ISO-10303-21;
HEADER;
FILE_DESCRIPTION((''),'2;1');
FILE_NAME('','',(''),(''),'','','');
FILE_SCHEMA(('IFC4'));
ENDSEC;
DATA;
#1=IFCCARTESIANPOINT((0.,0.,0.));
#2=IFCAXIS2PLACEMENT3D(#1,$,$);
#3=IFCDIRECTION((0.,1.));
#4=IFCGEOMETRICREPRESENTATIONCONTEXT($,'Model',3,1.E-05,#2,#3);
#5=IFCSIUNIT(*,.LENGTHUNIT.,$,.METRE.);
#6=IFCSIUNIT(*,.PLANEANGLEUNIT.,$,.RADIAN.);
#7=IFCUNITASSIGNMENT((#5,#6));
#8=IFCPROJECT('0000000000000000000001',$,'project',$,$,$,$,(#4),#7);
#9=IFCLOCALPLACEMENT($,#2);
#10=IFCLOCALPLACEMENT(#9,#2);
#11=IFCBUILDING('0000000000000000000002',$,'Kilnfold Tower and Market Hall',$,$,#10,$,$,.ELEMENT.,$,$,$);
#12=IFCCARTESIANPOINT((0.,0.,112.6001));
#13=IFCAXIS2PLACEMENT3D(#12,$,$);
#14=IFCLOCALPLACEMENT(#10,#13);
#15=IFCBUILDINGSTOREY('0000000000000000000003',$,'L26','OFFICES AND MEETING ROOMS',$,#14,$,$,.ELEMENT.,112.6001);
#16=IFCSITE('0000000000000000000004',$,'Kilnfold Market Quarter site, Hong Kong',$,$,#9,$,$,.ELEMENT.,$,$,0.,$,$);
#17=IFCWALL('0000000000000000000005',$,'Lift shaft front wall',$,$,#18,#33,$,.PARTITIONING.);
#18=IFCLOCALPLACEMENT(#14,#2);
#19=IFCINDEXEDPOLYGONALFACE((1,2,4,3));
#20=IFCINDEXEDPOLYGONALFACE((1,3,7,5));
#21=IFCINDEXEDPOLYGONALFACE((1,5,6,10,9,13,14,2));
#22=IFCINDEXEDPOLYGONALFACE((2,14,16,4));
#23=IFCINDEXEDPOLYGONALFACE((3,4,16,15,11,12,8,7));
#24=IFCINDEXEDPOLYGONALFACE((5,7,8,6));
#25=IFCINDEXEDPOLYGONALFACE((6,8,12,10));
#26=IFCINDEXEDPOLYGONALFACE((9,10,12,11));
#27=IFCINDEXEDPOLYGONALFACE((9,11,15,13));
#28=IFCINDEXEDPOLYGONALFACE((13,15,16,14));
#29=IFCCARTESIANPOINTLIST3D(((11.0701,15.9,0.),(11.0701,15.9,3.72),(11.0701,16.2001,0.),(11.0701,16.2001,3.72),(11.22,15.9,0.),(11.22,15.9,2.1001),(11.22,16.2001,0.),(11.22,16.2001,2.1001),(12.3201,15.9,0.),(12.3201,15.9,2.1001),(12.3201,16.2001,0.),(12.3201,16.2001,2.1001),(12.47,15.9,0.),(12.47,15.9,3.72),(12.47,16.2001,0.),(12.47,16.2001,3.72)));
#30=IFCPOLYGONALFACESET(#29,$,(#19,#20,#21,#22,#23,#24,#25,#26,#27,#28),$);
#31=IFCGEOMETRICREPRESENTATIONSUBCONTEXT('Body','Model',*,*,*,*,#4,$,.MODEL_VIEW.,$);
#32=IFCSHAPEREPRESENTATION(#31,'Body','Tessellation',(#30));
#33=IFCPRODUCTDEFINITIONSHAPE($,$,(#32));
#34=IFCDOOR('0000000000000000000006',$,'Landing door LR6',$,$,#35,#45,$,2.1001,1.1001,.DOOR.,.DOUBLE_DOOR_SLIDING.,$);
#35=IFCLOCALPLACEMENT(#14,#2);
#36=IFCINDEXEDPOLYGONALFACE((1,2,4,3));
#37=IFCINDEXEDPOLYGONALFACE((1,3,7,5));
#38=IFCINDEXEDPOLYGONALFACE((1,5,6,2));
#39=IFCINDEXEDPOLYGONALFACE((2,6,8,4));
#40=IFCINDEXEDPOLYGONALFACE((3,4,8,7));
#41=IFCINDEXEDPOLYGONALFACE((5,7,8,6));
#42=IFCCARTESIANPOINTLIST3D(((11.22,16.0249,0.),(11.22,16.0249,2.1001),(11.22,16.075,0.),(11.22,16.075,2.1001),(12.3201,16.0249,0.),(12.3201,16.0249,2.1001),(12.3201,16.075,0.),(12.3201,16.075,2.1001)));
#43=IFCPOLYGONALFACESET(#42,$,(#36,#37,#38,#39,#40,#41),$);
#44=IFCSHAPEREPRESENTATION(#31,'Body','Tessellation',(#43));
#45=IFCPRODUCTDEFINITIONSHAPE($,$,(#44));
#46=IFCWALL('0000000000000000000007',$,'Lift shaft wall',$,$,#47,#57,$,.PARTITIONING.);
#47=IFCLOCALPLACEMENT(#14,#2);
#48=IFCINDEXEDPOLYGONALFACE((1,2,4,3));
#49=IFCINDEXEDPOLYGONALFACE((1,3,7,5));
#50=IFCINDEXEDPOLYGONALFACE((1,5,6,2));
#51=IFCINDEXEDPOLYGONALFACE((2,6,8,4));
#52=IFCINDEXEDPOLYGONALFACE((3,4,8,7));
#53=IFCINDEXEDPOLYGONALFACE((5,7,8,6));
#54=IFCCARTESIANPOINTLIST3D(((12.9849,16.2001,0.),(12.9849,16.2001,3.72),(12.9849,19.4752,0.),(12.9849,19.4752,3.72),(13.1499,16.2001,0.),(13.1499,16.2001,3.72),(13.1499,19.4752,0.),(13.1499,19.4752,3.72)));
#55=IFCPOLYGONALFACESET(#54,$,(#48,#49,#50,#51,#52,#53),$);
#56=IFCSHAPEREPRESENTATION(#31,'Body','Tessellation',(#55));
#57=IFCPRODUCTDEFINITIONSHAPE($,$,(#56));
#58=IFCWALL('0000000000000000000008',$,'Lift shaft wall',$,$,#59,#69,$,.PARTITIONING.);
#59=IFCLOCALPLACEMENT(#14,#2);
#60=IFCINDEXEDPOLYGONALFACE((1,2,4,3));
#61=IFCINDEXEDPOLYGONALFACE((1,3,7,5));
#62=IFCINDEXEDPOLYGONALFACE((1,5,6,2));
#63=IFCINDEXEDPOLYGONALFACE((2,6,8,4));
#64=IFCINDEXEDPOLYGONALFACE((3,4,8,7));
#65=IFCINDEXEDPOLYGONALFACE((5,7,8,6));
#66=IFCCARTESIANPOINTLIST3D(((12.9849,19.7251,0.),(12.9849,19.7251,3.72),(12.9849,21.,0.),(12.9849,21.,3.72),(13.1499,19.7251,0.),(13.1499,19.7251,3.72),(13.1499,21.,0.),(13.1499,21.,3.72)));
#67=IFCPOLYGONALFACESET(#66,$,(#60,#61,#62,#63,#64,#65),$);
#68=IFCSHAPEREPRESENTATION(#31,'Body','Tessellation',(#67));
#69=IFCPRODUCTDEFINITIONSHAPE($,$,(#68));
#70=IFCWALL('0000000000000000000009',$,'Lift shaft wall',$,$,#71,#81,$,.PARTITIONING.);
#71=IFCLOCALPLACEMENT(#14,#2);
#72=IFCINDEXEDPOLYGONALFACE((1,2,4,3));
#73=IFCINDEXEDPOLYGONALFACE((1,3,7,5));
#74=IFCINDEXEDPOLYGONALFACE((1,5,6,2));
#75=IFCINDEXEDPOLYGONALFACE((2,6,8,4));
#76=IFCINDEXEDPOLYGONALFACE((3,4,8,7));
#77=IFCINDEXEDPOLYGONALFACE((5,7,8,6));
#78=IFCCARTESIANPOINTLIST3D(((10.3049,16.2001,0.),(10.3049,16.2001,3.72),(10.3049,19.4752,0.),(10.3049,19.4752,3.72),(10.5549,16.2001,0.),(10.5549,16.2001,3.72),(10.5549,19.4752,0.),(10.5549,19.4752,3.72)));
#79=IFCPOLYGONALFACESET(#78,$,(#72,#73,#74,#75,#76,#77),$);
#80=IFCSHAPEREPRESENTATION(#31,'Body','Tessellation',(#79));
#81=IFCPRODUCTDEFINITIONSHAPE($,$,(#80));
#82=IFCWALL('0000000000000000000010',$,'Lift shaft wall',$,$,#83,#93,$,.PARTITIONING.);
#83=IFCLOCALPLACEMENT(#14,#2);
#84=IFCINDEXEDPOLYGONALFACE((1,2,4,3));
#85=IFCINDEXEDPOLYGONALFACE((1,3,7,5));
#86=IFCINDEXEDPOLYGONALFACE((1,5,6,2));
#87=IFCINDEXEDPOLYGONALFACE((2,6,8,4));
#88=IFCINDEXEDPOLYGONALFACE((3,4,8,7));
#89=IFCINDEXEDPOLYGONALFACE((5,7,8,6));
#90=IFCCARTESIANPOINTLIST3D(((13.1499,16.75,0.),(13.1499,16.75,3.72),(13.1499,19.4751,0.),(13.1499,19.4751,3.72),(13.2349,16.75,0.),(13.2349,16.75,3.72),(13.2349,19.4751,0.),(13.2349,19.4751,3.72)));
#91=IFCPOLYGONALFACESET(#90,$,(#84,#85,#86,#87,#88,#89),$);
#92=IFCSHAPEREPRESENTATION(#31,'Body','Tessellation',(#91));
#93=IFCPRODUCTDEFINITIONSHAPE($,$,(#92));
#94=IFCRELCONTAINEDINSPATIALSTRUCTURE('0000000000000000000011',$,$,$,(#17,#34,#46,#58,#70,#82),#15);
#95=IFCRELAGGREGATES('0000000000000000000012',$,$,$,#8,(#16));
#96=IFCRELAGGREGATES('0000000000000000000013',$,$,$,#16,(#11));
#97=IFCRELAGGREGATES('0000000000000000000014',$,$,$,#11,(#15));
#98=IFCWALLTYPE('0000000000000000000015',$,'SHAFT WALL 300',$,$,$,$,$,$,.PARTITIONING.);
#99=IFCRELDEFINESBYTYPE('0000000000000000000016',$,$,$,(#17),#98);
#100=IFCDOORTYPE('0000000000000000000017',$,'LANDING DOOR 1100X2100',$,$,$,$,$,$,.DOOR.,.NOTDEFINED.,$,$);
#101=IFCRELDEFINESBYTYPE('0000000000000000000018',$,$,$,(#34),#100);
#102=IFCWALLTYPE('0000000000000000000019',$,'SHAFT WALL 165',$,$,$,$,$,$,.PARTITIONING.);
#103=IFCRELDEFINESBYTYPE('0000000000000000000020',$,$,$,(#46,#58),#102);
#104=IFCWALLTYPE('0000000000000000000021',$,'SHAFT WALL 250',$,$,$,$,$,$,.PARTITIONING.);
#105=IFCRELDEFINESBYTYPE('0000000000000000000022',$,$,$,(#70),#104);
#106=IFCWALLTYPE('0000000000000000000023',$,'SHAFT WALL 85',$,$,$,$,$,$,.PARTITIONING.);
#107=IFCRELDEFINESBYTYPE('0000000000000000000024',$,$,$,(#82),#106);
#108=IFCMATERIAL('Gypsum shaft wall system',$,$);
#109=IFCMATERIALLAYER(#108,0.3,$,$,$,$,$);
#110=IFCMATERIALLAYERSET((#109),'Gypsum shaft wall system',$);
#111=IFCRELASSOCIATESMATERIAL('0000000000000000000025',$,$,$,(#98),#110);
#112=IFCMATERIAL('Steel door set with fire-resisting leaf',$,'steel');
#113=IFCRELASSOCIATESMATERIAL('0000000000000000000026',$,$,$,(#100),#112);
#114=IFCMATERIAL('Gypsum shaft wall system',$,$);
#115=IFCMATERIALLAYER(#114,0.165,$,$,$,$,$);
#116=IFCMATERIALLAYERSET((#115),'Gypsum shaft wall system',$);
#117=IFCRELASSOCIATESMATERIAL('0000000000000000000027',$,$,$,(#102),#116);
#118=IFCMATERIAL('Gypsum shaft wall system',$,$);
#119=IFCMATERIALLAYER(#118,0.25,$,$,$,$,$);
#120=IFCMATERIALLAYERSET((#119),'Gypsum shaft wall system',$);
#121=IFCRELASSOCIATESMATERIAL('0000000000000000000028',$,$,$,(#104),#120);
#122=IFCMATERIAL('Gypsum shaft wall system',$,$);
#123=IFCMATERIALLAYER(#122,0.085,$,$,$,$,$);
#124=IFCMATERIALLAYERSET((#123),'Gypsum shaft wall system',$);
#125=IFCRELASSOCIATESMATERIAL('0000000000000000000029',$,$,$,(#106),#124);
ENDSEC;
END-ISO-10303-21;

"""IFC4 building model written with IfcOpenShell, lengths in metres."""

from ifc_helpers import new_model, si_unit, direction, frame, frame_2d, origin, place, context, subcontext, project, spatial, rectangle, extrude, source, transform, mapped, material, layer, layer_set, type_object, element, fill, save


model = new_model("IFC4")

# Units and contexts
model_context = context("Model", 3, precision=1e-05, world=origin(), true_north=direction((0.0, 1.0)))
body_context = subcontext(model_context, "Body", "Model", "MODEL_VIEW")
ifc_project = project(units=[si_unit("LENGTHUNIT", "METRE"), si_unit("PLANEANGLEUNIT", "RADIAN")], contexts=[model_context])

# Site, building, storey
site_placement = place(None, origin())
site = spatial("IfcSite", under=ifc_project, at=site_placement, Name="Kilnfold Market Quarter site, Hong Kong", CompositionType="ELEMENT", RefElevation=0.0)
building_placement = place(site_placement, origin())
building = spatial("IfcBuilding", under=site, at=building_placement, Name="Kilnfold Tower and Market Hall", CompositionType="ELEMENT")
storey_placement = place(building_placement, frame((0.0, 0.0, 112.6001)))
storey = spatial("IfcBuildingStorey", under=building, at=storey_placement, Name="L26", Description="OFFICES AND MEETING ROOMS", CompositionType="ELEMENT", Elevation=112.6001)

# Wall, opening, door
ifc_material_1 = material(Name="Gypsum shaft wall system")
ifc_layer_1 = layer(ifc_material_1, 0.3)
ifc_layer_set_1 = layer_set([ifc_layer_1], Name="Gypsum shaft wall system")
wall_type_1 = type_object("IfcWallType", Name="SHAFT WALL 300", PredefinedType="PARTITIONING", material=ifc_layer_set_1)
shared_shape_1 = source(origin(), body_context, "Body", "SweptSolid", [
    extrude(rectangle(XDim=1.3999, YDim=0.3, at=frame_2d((0.7, 0.0))), origin(), (0.0, 0.0, 1.0), 3.72),
])
wall_1_placement = place(storey_placement, frame((11.0701, 16.05, 0.0), z_axis=(0.0, 0.0, 1.0), x_axis=(1.0, 0.0, 0.0)))
wall_1 = element("IfcWall", 1, at=wall_1_placement, inside=storey, type_object=wall_type_1, Name="Lift shaft front wall", PredefinedType="PARTITIONING", context=body_context, shape_type="MappedRepresentation", body=[
    mapped(shared_shape_1, transform((0.0, 0.0, 0.0))),
])
opening_1_placement = place(wall_1_placement, frame((0.1499, 0.0, 0.0)))
opening_1 = element("IfcOpeningElement", 2, at=opening_1_placement, cuts=wall_1, PredefinedType="OPENING", context=body_context, shape_type="SweptSolid", body=[
    extrude(rectangle(XDim=1.1001, YDim=2.1001, at=frame_2d((0.55, 1.05))), frame((0.0, 0.1602, 0.0), z_axis=(0.0, -1.0, 0.0), x_axis=(1.0, 0.0, 0.0)), (0.0, 0.0, 1.0), 0.3201),
])
ifc_material_2 = material(Name="Steel door set with fire-resisting leaf", Category="steel")
door_type = type_object("IfcDoorType", Name="LANDING DOOR 1100X2100", OperationType="NOTDEFINED", PredefinedType="DOOR", material=ifc_material_2)
door_placement = place(opening_1_placement, origin())
door = element("IfcDoor", 3, at=door_placement, inside=storey, type_object=door_type, Name="Landing door LR6", OperationType="DOUBLE_DOOR_SLIDING", OverallHeight=2.1001, OverallWidth=1.1001, PredefinedType="DOOR", context=body_context, shape_type="SweptSolid", body=[
    extrude(rectangle(XDim=1.1001, YDim=2.1001, at=frame_2d((0.55, 1.05))), frame((0.0, 0.0249, 0.0), z_axis=(0.0, -1.0, 0.0), x_axis=(1.0, 0.0, 0.0)), (0.0, 0.0, 1.0), 0.05),
])
fill(opening_1, door)

# Walls
ifc_material_3 = material(Name="Gypsum shaft wall system")
ifc_layer_2 = layer(ifc_material_3, 0.165)
ifc_layer_set_2 = layer_set([ifc_layer_2], Name="Gypsum shaft wall system")
wall_type_2 = type_object("IfcWallType", Name="SHAFT WALL 165", PredefinedType="PARTITIONING", material=ifc_layer_set_2)
shared_shape_2 = source(origin(), body_context, "Body", "SweptSolid", [
    extrude(rectangle(XDim=3.2751, YDim=0.165, at=frame_2d((1.6377, 0.0))), origin(), (0.0, 0.0, 1.0), 3.72),
])
wall_2_placement = place(storey_placement, frame((13.0674, 16.2, 0.0), z_axis=(0.0, 0.0, 1.0), x_axis=(0.0, 1.0, 0.0)))
element("IfcWall", 4, at=wall_2_placement, inside=storey, type_object=wall_type_2, Name="Lift shaft wall", PredefinedType="PARTITIONING", context=body_context, shape_type="MappedRepresentation", body=[
    mapped(shared_shape_2, transform((0.0, 0.0, 0.0))),
])
shared_shape_3 = source(origin(), body_context, "Body", "SweptSolid", [
    extrude(rectangle(XDim=1.2749, YDim=0.165, at=frame_2d((0.6375, 0.0))), origin(), (0.0, 0.0, 1.0), 3.72),
])
wall_3_placement = place(storey_placement, frame((13.0674, 19.7251, 0.0), z_axis=(0.0, 0.0, 1.0), x_axis=(0.0, 1.0, 0.0)))
element("IfcWall", 5, at=wall_3_placement, inside=storey, type_object=wall_type_2, Name="Lift shaft wall", PredefinedType="PARTITIONING", context=body_context, shape_type="MappedRepresentation", body=[
    mapped(shared_shape_3, transform((0.0, 0.0, 0.0))),
])
ifc_material_4 = material(Name="Gypsum shaft wall system")
ifc_layer_3 = layer(ifc_material_4, 0.25)
ifc_layer_set_3 = layer_set([ifc_layer_3], Name="Gypsum shaft wall system")
wall_type_3 = type_object("IfcWallType", Name="SHAFT WALL 250", PredefinedType="PARTITIONING", material=ifc_layer_set_3)
shared_shape_4 = source(origin(), body_context, "Body", "SweptSolid", [
    extrude(rectangle(XDim=3.2751, YDim=0.25, at=frame_2d((1.6377, 0.0))), origin(), (0.0, 0.0, 1.0), 3.72),
])
wall_4_placement = place(storey_placement, frame((10.4299, 16.2, 0.0), z_axis=(0.0, 0.0, 1.0), x_axis=(0.0, 1.0, 0.0)))
element("IfcWall", 6, at=wall_4_placement, inside=storey, type_object=wall_type_3, Name="Lift shaft wall", PredefinedType="PARTITIONING", context=body_context, shape_type="MappedRepresentation", body=[
    mapped(shared_shape_4, transform((0.0, 0.0, 0.0))),
])
ifc_material_5 = material(Name="Gypsum shaft wall system")
ifc_layer_4 = layer(ifc_material_5, 0.085)
ifc_layer_set_4 = layer_set([ifc_layer_4], Name="Gypsum shaft wall system")
wall_type_4 = type_object("IfcWallType", Name="SHAFT WALL 85", PredefinedType="PARTITIONING", material=ifc_layer_set_4)
shared_shape_5 = source(origin(), body_context, "Body", "SweptSolid", [
    extrude(rectangle(XDim=2.7251, YDim=0.085, at=frame_2d((1.3625, 0.0))), origin(), (0.0, 0.0, 1.0), 3.72),
])
wall_5_placement = place(storey_placement, frame((13.1924, 16.75, 0.0), z_axis=(0.0, 0.0, 1.0), x_axis=(0.0, 1.0, 0.0)))
element("IfcWall", 7, at=wall_5_placement, inside=storey, type_object=wall_type_4, Name="Lift shaft wall", PredefinedType="PARTITIONING", context=body_context, shape_type="MappedRepresentation", body=[
    mapped(shared_shape_5, transform((0.0, 0.0, 0.0))),
])

save(model, "model.ifc")
